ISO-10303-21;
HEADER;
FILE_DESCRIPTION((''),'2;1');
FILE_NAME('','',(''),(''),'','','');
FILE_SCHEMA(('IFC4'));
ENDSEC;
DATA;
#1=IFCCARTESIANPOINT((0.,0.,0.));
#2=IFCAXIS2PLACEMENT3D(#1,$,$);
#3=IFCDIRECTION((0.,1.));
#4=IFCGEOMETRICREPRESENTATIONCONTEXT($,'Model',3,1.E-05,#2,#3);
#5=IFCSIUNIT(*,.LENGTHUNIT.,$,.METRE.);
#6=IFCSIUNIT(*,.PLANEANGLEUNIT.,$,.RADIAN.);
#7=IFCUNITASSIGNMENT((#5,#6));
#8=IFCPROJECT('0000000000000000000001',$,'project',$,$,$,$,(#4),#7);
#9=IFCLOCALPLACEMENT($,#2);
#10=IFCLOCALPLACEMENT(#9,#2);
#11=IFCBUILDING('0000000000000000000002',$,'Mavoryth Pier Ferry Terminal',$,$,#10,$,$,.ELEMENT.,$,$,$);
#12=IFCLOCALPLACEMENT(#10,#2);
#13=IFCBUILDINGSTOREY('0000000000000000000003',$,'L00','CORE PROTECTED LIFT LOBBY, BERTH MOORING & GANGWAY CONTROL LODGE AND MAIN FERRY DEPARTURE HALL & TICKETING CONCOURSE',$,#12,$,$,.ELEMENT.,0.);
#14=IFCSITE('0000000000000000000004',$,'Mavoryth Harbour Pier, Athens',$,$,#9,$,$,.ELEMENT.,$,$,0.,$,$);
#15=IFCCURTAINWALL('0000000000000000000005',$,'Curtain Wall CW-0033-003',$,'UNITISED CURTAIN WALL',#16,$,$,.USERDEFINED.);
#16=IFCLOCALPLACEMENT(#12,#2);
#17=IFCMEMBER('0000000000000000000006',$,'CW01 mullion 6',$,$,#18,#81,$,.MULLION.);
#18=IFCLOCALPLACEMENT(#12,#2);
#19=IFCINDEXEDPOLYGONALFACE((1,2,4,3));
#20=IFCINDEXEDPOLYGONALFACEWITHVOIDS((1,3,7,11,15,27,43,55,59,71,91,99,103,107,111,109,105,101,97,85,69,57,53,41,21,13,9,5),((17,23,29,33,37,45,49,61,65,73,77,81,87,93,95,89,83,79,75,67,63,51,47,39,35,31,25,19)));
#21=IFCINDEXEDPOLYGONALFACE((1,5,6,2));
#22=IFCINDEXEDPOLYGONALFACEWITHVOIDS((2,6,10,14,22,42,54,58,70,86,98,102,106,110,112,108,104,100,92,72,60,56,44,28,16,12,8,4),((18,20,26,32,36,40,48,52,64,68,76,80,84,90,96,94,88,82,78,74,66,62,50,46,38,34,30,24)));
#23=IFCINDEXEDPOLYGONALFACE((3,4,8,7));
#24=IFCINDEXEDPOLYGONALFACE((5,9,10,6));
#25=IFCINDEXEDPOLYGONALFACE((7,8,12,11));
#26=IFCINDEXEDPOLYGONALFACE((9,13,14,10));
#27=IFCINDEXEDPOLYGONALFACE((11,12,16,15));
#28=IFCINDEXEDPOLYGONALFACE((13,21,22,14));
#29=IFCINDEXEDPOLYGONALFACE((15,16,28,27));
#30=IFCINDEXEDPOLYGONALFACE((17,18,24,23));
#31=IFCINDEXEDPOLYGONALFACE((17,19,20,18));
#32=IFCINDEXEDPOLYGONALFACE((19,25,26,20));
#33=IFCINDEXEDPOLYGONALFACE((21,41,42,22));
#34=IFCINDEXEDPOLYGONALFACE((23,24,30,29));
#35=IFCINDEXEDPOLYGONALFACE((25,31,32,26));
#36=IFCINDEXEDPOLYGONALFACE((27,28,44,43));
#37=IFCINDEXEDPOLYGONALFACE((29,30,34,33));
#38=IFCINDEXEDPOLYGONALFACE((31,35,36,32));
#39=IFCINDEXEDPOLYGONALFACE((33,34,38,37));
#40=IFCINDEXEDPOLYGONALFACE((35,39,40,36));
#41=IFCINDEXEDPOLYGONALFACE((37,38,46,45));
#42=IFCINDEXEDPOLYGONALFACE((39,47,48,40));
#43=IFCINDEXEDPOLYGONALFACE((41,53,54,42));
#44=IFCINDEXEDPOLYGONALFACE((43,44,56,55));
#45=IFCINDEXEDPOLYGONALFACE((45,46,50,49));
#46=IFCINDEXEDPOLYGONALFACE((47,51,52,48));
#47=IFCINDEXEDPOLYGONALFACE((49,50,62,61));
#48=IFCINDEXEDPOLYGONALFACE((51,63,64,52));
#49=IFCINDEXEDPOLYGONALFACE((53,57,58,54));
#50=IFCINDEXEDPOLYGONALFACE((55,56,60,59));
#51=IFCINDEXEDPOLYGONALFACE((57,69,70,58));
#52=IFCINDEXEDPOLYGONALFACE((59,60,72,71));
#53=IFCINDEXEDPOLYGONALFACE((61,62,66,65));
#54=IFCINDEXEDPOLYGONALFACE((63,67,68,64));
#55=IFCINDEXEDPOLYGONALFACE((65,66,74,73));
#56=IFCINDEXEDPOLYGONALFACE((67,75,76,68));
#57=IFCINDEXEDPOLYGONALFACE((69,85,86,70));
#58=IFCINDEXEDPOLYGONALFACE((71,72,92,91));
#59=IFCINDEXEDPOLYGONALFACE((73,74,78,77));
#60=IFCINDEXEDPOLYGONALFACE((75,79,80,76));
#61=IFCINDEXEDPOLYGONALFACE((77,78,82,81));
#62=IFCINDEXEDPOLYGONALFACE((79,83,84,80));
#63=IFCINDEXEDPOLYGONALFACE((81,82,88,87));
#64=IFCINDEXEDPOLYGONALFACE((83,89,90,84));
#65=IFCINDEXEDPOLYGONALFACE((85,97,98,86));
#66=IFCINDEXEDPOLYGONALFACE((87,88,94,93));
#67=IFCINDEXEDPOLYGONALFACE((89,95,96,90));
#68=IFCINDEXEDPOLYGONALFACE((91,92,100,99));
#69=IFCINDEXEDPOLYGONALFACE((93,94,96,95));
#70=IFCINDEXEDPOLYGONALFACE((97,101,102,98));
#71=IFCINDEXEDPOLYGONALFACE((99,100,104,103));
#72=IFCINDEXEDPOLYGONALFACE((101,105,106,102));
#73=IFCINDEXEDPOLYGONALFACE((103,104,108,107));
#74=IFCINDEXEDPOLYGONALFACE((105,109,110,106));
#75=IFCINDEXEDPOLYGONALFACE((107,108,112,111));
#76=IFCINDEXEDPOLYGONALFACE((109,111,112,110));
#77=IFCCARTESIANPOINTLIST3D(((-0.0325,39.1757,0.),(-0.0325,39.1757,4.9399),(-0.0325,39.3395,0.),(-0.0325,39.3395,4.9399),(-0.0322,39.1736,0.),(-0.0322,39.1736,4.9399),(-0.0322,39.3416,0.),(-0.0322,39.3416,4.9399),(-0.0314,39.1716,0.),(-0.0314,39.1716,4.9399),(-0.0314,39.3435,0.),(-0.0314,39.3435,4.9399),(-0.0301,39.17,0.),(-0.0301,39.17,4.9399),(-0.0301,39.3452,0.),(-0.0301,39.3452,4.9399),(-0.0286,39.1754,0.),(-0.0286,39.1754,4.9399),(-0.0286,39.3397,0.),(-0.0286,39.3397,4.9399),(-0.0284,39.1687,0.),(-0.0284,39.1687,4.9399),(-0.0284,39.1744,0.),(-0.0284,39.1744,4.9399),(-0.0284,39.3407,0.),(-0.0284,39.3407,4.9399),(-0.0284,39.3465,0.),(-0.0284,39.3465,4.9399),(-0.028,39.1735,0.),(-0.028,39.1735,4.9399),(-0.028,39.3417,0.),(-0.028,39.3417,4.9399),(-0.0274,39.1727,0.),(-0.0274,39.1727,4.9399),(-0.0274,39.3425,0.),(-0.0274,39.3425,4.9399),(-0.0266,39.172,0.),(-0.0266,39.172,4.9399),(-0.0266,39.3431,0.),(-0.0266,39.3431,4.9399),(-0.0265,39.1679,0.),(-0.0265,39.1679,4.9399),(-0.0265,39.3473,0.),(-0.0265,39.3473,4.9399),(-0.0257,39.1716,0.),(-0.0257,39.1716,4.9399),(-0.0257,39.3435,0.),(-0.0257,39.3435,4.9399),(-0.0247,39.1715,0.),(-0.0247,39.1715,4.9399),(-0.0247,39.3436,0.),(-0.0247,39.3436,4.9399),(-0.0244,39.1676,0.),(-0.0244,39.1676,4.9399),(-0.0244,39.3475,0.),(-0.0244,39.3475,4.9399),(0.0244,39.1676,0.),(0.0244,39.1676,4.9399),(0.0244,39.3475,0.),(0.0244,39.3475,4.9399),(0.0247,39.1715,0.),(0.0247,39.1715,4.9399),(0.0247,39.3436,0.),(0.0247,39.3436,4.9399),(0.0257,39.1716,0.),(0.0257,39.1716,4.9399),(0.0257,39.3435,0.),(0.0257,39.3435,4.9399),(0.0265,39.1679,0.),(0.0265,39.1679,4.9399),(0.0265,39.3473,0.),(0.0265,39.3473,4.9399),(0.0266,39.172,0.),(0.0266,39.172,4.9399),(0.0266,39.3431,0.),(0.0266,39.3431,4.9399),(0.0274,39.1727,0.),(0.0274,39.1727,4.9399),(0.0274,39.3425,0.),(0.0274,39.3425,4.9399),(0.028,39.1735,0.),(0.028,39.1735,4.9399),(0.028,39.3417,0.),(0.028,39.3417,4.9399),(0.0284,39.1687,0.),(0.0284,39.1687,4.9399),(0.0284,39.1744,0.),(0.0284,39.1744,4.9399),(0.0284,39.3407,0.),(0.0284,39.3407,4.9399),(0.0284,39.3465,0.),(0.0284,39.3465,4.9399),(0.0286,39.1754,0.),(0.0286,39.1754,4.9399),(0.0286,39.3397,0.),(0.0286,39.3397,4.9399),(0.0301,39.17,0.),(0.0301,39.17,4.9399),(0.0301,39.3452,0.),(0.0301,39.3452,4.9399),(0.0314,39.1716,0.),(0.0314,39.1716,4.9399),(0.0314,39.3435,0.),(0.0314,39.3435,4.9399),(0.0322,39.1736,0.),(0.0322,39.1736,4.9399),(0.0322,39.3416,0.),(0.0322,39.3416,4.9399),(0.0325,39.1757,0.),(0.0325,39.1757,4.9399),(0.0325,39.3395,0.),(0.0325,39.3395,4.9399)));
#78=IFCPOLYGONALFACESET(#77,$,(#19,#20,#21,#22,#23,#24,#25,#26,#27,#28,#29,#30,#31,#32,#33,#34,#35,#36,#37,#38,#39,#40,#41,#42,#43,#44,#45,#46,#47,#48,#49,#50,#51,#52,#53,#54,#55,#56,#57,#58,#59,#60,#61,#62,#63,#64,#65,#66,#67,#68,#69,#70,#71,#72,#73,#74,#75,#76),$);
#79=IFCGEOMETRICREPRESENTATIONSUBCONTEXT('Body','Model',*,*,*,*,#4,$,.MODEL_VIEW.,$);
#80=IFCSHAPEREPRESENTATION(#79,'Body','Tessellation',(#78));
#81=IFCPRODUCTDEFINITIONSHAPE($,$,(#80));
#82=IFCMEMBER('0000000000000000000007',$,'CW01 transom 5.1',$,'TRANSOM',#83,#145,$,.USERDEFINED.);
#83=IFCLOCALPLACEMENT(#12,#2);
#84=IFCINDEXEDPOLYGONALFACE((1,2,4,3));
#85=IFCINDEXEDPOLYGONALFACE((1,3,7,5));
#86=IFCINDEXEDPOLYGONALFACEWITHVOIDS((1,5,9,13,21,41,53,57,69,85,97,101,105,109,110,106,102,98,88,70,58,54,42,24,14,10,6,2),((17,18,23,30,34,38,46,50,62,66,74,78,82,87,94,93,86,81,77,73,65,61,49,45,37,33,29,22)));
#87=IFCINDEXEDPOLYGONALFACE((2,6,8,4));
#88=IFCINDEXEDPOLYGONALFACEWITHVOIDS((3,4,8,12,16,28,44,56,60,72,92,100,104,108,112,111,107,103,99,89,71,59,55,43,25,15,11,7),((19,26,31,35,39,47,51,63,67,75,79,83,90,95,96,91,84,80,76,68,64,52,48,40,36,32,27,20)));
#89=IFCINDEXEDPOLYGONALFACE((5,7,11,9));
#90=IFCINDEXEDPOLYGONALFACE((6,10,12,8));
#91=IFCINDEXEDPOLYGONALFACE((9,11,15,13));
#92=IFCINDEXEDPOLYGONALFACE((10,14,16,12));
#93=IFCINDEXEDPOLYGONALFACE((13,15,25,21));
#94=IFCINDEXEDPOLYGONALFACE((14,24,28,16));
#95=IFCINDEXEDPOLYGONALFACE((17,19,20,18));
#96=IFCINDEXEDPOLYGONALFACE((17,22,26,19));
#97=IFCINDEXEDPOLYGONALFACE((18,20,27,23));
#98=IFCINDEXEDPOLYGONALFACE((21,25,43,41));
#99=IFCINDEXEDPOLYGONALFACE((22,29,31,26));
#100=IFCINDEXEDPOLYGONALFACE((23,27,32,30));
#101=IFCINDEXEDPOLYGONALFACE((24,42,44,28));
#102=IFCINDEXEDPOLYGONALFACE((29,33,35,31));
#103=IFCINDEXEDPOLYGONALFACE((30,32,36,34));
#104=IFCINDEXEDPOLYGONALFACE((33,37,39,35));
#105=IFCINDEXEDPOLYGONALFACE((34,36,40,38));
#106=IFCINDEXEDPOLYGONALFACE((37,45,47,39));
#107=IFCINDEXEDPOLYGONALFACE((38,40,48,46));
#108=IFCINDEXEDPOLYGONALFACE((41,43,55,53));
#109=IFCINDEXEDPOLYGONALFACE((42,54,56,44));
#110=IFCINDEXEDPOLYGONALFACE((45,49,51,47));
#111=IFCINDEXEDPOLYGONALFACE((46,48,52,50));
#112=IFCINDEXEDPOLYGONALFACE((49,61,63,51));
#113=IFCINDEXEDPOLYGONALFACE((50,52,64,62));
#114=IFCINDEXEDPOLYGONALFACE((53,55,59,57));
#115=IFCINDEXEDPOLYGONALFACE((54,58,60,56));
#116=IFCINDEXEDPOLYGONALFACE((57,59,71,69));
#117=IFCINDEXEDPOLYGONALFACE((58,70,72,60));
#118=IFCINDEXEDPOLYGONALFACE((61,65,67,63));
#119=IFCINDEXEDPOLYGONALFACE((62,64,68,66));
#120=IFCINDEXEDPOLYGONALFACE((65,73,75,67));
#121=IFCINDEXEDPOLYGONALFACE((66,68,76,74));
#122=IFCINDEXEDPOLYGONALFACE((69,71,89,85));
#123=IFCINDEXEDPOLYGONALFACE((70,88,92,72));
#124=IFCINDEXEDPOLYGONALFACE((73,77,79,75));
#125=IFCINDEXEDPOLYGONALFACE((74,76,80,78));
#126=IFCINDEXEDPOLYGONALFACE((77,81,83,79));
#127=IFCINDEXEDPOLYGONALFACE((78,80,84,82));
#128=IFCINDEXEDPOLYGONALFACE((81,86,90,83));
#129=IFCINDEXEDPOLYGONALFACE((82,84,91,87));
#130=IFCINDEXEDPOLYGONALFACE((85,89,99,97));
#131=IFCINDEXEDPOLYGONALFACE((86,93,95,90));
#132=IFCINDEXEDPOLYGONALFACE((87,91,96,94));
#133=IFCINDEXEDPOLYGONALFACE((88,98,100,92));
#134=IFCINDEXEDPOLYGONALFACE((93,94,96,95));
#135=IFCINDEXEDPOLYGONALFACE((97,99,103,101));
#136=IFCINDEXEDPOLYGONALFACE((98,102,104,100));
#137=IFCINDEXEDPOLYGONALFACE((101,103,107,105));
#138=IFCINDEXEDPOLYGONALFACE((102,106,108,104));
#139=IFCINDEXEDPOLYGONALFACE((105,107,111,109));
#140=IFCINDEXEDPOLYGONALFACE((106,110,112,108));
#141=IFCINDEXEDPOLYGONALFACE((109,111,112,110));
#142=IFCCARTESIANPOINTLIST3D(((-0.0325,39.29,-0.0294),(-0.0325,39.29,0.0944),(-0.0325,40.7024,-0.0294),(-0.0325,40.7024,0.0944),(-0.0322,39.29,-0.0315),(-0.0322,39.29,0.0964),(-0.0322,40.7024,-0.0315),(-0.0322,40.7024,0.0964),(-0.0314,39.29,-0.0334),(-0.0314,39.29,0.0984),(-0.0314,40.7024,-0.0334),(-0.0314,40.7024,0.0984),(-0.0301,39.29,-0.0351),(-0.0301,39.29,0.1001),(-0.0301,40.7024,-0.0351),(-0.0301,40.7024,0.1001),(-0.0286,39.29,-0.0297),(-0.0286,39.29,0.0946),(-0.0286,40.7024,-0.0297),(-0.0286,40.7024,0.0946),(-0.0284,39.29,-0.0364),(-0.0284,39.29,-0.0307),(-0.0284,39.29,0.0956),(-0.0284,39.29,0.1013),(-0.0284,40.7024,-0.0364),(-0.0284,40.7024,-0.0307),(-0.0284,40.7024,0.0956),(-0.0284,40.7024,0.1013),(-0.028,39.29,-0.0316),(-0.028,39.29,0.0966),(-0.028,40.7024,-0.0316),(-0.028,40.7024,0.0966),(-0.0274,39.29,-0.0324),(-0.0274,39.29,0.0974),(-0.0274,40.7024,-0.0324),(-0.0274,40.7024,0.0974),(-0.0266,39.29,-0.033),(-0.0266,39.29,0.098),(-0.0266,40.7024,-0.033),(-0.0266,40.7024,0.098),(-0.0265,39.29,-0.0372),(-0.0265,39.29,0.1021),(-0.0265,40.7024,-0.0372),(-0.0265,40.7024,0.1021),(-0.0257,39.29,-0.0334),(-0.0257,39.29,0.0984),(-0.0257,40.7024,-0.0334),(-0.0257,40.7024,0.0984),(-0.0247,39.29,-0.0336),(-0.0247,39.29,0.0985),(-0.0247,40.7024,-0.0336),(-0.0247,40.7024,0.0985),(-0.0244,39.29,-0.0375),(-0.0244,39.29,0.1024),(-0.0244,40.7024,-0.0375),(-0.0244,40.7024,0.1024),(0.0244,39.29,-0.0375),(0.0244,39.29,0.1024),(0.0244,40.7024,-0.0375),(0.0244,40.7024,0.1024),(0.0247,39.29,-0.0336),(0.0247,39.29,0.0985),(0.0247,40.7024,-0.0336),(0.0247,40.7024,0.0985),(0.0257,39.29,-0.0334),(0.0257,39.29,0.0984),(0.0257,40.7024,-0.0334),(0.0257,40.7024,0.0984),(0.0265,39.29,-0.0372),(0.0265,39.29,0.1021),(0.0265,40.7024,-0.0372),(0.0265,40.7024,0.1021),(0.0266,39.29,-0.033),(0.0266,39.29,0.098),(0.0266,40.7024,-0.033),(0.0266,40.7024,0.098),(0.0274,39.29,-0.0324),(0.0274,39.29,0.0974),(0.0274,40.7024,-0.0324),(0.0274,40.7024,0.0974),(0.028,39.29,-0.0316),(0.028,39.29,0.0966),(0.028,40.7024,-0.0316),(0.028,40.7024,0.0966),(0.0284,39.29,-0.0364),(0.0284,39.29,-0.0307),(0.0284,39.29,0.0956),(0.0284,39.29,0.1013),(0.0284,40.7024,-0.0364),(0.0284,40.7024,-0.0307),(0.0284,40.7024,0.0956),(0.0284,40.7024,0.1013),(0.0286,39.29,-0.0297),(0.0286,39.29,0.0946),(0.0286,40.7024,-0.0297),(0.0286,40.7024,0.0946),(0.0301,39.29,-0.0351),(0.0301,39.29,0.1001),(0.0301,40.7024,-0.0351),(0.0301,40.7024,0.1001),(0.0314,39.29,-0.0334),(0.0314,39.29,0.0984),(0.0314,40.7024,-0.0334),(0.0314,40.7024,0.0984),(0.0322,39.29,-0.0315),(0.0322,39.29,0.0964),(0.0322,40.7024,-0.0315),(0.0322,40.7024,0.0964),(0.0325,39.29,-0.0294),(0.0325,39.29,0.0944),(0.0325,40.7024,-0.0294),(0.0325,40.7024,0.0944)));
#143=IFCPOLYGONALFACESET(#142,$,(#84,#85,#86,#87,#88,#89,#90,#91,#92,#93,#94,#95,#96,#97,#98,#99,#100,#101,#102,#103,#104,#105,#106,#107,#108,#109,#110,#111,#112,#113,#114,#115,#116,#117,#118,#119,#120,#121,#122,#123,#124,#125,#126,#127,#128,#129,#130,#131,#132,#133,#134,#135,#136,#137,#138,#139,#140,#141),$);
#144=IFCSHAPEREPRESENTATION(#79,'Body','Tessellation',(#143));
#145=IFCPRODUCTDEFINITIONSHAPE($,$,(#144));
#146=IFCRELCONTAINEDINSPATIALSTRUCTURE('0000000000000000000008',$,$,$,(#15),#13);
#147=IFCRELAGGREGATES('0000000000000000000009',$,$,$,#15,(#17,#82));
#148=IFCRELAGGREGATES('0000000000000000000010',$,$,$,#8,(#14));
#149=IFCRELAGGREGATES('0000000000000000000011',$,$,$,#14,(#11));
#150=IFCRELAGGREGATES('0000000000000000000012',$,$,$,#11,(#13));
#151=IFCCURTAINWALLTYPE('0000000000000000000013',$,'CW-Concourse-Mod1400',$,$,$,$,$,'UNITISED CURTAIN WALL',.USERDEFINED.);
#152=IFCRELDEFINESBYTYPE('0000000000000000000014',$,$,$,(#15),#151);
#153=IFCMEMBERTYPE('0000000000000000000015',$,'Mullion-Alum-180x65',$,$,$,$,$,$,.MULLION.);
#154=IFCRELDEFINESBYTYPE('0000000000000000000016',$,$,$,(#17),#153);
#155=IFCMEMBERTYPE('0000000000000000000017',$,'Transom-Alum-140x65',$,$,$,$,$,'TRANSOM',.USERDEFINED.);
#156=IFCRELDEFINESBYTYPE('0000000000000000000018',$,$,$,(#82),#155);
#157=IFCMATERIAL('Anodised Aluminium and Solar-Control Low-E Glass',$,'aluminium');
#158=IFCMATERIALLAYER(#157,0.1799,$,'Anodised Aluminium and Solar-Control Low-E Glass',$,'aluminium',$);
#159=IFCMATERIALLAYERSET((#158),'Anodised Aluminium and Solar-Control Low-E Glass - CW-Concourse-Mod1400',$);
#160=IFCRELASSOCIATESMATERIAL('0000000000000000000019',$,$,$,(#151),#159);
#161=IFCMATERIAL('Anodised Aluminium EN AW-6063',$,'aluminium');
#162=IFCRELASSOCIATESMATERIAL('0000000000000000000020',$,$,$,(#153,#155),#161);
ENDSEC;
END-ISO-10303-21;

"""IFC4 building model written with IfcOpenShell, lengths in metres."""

from ifc_helpers import new_model, si_unit, direction, frame, origin, origin_2d, place, context, subcontext, project, spatial, hollow_rectangle, extrude, material, layer, layer_set, material_profile, profile_set, type_object, element, aggregate, save


model = new_model("IFC4")

# Units and contexts
model_context = context("Model", 3, precision=1e-05, world=origin(), true_north=direction((0.0, 1.0)))
body_context = subcontext(model_context, "Body", "Model", "MODEL_VIEW")
ifc_project = project(units=[si_unit("LENGTHUNIT", "METRE"), si_unit("PLANEANGLEUNIT", "RADIAN")], contexts=[model_context])

# Site, building, storey
site_placement = place(None, origin())
site = spatial("IfcSite", under=ifc_project, at=site_placement, Name="Mavoryth Harbour Pier, Athens", CompositionType="ELEMENT", RefElevation=0.0)
building_placement = place(site_placement, origin())
building = spatial("IfcBuilding", under=site, at=building_placement, Name="Mavoryth Pier Ferry Terminal", CompositionType="ELEMENT")
storey_placement = place(building_placement, origin())
storey = spatial("IfcBuildingStorey", under=building, at=storey_placement, Name="L00", Description="CORE PROTECTED LIFT LOBBY, BERTH MOORING & GANGWAY CONTROL LODGE AND MAIN FERRY DEPARTURE HALL & TICKETING CONCOURSE", CompositionType="ELEMENT", Elevation=0.0)

# Curtain wall, members
ifc_material_1 = material(Name="Anodised Aluminium and Solar-Control Low-E Glass", Category="aluminium")
ifc_layer_1 = layer(ifc_material_1, 0.1799, Name="Anodised Aluminium and Solar-Control Low-E Glass", Category="aluminium")
ifc_layer_set_1 = layer_set([ifc_layer_1], Name="Anodised Aluminium and Solar-Control Low-E Glass - CW-Concourse-Mod1400")
curtain_wall_type = type_object("IfcCurtainWallType", Name="CW-Concourse-Mod1400", ElementType="UNITISED CURTAIN WALL", PredefinedType="USERDEFINED", material=ifc_layer_set_1)
curtain_wall_placement = place(storey_placement, origin())
curtain_wall = element("IfcCurtainWall", 1, at=curtain_wall_placement, inside=storey, type_object=curtain_wall_type, Name="Curtain Wall CW-0033-003", ObjectType="UNITISED CURTAIN WALL", PredefinedType="USERDEFINED")
ifc_material_2 = material(Name="Anodised Aluminium EN AW-6063", Category="aluminium")
ifc_material_profile_1 = material_profile(ifc_material_2, hollow_rectangle(XDim=0.0649, YDim=0.1799, WallThickness=0.0039, InnerFilletRadius=0.0039, OuterFilletRadius=0.0081, at=origin_2d()), Name="AL-MULL 180x65x4", Category="aluminium")
ifc_profile_set_1 = profile_set([ifc_material_profile_1], Name="Anodised Aluminium EN AW-6063 - AL-MULL 180x65x4")
member_type_1 = type_object("IfcMemberType", Name="Mullion-Alum-180x65", PredefinedType="MULLION", material=ifc_profile_set_1)
member_1_placement = place(storey_placement, frame((0.0, 39.2576, 0.0), z_axis=(0.0, 0.0, 1.0), x_axis=(1.0, 0.0, 0.0)))
member_1 = element("IfcMember", 2, at=member_1_placement, type_object=member_type_1, Name="CW01 mullion 6", PredefinedType="MULLION", context=body_context, shape_type="SweptSolid", body=[
    extrude(hollow_rectangle(XDim=0.0649, YDim=0.1799, WallThickness=0.0039, InnerFilletRadius=0.0039, OuterFilletRadius=0.0081, at=origin_2d()), origin(), (0.0, 0.0, 1.0), 4.9399),
])
ifc_material_profile_2 = material_profile(ifc_material_2, hollow_rectangle(XDim=0.0649, YDim=0.1399, WallThickness=0.0039, InnerFilletRadius=0.0039, OuterFilletRadius=0.0081, at=origin_2d()), Name="AL-TRAN 140x65x4", Category="aluminium")
ifc_profile_set_2 = profile_set([ifc_material_profile_2], Name="Anodised Aluminium EN AW-6063 - AL-TRAN 140x65x4")
member_type_2 = type_object("IfcMemberType", Name="Transom-Alum-140x65", ElementType="TRANSOM", PredefinedType="USERDEFINED", material=ifc_profile_set_2)
member_2_placement = place(storey_placement, frame((0.0, 40.7024, 0.0325), z_axis=(0.0, -1.0, 0.0), x_axis=(1.0, 0.0, 0.0)))
member_2 = element("IfcMember", 3, at=member_2_placement, type_object=member_type_2, Name="CW01 transom 5.1", ObjectType="TRANSOM", PredefinedType="USERDEFINED", context=body_context, shape_type="SweptSolid", body=[
    extrude(hollow_rectangle(XDim=0.0649, YDim=0.1399, WallThickness=0.0039, InnerFilletRadius=0.0039, OuterFilletRadius=0.0081, at=origin_2d()), origin(), (0.0, 0.0, 1.0), 1.4124),
])
aggregate(curtain_wall, [member_1, member_2])

save(model, "model.ifc")
